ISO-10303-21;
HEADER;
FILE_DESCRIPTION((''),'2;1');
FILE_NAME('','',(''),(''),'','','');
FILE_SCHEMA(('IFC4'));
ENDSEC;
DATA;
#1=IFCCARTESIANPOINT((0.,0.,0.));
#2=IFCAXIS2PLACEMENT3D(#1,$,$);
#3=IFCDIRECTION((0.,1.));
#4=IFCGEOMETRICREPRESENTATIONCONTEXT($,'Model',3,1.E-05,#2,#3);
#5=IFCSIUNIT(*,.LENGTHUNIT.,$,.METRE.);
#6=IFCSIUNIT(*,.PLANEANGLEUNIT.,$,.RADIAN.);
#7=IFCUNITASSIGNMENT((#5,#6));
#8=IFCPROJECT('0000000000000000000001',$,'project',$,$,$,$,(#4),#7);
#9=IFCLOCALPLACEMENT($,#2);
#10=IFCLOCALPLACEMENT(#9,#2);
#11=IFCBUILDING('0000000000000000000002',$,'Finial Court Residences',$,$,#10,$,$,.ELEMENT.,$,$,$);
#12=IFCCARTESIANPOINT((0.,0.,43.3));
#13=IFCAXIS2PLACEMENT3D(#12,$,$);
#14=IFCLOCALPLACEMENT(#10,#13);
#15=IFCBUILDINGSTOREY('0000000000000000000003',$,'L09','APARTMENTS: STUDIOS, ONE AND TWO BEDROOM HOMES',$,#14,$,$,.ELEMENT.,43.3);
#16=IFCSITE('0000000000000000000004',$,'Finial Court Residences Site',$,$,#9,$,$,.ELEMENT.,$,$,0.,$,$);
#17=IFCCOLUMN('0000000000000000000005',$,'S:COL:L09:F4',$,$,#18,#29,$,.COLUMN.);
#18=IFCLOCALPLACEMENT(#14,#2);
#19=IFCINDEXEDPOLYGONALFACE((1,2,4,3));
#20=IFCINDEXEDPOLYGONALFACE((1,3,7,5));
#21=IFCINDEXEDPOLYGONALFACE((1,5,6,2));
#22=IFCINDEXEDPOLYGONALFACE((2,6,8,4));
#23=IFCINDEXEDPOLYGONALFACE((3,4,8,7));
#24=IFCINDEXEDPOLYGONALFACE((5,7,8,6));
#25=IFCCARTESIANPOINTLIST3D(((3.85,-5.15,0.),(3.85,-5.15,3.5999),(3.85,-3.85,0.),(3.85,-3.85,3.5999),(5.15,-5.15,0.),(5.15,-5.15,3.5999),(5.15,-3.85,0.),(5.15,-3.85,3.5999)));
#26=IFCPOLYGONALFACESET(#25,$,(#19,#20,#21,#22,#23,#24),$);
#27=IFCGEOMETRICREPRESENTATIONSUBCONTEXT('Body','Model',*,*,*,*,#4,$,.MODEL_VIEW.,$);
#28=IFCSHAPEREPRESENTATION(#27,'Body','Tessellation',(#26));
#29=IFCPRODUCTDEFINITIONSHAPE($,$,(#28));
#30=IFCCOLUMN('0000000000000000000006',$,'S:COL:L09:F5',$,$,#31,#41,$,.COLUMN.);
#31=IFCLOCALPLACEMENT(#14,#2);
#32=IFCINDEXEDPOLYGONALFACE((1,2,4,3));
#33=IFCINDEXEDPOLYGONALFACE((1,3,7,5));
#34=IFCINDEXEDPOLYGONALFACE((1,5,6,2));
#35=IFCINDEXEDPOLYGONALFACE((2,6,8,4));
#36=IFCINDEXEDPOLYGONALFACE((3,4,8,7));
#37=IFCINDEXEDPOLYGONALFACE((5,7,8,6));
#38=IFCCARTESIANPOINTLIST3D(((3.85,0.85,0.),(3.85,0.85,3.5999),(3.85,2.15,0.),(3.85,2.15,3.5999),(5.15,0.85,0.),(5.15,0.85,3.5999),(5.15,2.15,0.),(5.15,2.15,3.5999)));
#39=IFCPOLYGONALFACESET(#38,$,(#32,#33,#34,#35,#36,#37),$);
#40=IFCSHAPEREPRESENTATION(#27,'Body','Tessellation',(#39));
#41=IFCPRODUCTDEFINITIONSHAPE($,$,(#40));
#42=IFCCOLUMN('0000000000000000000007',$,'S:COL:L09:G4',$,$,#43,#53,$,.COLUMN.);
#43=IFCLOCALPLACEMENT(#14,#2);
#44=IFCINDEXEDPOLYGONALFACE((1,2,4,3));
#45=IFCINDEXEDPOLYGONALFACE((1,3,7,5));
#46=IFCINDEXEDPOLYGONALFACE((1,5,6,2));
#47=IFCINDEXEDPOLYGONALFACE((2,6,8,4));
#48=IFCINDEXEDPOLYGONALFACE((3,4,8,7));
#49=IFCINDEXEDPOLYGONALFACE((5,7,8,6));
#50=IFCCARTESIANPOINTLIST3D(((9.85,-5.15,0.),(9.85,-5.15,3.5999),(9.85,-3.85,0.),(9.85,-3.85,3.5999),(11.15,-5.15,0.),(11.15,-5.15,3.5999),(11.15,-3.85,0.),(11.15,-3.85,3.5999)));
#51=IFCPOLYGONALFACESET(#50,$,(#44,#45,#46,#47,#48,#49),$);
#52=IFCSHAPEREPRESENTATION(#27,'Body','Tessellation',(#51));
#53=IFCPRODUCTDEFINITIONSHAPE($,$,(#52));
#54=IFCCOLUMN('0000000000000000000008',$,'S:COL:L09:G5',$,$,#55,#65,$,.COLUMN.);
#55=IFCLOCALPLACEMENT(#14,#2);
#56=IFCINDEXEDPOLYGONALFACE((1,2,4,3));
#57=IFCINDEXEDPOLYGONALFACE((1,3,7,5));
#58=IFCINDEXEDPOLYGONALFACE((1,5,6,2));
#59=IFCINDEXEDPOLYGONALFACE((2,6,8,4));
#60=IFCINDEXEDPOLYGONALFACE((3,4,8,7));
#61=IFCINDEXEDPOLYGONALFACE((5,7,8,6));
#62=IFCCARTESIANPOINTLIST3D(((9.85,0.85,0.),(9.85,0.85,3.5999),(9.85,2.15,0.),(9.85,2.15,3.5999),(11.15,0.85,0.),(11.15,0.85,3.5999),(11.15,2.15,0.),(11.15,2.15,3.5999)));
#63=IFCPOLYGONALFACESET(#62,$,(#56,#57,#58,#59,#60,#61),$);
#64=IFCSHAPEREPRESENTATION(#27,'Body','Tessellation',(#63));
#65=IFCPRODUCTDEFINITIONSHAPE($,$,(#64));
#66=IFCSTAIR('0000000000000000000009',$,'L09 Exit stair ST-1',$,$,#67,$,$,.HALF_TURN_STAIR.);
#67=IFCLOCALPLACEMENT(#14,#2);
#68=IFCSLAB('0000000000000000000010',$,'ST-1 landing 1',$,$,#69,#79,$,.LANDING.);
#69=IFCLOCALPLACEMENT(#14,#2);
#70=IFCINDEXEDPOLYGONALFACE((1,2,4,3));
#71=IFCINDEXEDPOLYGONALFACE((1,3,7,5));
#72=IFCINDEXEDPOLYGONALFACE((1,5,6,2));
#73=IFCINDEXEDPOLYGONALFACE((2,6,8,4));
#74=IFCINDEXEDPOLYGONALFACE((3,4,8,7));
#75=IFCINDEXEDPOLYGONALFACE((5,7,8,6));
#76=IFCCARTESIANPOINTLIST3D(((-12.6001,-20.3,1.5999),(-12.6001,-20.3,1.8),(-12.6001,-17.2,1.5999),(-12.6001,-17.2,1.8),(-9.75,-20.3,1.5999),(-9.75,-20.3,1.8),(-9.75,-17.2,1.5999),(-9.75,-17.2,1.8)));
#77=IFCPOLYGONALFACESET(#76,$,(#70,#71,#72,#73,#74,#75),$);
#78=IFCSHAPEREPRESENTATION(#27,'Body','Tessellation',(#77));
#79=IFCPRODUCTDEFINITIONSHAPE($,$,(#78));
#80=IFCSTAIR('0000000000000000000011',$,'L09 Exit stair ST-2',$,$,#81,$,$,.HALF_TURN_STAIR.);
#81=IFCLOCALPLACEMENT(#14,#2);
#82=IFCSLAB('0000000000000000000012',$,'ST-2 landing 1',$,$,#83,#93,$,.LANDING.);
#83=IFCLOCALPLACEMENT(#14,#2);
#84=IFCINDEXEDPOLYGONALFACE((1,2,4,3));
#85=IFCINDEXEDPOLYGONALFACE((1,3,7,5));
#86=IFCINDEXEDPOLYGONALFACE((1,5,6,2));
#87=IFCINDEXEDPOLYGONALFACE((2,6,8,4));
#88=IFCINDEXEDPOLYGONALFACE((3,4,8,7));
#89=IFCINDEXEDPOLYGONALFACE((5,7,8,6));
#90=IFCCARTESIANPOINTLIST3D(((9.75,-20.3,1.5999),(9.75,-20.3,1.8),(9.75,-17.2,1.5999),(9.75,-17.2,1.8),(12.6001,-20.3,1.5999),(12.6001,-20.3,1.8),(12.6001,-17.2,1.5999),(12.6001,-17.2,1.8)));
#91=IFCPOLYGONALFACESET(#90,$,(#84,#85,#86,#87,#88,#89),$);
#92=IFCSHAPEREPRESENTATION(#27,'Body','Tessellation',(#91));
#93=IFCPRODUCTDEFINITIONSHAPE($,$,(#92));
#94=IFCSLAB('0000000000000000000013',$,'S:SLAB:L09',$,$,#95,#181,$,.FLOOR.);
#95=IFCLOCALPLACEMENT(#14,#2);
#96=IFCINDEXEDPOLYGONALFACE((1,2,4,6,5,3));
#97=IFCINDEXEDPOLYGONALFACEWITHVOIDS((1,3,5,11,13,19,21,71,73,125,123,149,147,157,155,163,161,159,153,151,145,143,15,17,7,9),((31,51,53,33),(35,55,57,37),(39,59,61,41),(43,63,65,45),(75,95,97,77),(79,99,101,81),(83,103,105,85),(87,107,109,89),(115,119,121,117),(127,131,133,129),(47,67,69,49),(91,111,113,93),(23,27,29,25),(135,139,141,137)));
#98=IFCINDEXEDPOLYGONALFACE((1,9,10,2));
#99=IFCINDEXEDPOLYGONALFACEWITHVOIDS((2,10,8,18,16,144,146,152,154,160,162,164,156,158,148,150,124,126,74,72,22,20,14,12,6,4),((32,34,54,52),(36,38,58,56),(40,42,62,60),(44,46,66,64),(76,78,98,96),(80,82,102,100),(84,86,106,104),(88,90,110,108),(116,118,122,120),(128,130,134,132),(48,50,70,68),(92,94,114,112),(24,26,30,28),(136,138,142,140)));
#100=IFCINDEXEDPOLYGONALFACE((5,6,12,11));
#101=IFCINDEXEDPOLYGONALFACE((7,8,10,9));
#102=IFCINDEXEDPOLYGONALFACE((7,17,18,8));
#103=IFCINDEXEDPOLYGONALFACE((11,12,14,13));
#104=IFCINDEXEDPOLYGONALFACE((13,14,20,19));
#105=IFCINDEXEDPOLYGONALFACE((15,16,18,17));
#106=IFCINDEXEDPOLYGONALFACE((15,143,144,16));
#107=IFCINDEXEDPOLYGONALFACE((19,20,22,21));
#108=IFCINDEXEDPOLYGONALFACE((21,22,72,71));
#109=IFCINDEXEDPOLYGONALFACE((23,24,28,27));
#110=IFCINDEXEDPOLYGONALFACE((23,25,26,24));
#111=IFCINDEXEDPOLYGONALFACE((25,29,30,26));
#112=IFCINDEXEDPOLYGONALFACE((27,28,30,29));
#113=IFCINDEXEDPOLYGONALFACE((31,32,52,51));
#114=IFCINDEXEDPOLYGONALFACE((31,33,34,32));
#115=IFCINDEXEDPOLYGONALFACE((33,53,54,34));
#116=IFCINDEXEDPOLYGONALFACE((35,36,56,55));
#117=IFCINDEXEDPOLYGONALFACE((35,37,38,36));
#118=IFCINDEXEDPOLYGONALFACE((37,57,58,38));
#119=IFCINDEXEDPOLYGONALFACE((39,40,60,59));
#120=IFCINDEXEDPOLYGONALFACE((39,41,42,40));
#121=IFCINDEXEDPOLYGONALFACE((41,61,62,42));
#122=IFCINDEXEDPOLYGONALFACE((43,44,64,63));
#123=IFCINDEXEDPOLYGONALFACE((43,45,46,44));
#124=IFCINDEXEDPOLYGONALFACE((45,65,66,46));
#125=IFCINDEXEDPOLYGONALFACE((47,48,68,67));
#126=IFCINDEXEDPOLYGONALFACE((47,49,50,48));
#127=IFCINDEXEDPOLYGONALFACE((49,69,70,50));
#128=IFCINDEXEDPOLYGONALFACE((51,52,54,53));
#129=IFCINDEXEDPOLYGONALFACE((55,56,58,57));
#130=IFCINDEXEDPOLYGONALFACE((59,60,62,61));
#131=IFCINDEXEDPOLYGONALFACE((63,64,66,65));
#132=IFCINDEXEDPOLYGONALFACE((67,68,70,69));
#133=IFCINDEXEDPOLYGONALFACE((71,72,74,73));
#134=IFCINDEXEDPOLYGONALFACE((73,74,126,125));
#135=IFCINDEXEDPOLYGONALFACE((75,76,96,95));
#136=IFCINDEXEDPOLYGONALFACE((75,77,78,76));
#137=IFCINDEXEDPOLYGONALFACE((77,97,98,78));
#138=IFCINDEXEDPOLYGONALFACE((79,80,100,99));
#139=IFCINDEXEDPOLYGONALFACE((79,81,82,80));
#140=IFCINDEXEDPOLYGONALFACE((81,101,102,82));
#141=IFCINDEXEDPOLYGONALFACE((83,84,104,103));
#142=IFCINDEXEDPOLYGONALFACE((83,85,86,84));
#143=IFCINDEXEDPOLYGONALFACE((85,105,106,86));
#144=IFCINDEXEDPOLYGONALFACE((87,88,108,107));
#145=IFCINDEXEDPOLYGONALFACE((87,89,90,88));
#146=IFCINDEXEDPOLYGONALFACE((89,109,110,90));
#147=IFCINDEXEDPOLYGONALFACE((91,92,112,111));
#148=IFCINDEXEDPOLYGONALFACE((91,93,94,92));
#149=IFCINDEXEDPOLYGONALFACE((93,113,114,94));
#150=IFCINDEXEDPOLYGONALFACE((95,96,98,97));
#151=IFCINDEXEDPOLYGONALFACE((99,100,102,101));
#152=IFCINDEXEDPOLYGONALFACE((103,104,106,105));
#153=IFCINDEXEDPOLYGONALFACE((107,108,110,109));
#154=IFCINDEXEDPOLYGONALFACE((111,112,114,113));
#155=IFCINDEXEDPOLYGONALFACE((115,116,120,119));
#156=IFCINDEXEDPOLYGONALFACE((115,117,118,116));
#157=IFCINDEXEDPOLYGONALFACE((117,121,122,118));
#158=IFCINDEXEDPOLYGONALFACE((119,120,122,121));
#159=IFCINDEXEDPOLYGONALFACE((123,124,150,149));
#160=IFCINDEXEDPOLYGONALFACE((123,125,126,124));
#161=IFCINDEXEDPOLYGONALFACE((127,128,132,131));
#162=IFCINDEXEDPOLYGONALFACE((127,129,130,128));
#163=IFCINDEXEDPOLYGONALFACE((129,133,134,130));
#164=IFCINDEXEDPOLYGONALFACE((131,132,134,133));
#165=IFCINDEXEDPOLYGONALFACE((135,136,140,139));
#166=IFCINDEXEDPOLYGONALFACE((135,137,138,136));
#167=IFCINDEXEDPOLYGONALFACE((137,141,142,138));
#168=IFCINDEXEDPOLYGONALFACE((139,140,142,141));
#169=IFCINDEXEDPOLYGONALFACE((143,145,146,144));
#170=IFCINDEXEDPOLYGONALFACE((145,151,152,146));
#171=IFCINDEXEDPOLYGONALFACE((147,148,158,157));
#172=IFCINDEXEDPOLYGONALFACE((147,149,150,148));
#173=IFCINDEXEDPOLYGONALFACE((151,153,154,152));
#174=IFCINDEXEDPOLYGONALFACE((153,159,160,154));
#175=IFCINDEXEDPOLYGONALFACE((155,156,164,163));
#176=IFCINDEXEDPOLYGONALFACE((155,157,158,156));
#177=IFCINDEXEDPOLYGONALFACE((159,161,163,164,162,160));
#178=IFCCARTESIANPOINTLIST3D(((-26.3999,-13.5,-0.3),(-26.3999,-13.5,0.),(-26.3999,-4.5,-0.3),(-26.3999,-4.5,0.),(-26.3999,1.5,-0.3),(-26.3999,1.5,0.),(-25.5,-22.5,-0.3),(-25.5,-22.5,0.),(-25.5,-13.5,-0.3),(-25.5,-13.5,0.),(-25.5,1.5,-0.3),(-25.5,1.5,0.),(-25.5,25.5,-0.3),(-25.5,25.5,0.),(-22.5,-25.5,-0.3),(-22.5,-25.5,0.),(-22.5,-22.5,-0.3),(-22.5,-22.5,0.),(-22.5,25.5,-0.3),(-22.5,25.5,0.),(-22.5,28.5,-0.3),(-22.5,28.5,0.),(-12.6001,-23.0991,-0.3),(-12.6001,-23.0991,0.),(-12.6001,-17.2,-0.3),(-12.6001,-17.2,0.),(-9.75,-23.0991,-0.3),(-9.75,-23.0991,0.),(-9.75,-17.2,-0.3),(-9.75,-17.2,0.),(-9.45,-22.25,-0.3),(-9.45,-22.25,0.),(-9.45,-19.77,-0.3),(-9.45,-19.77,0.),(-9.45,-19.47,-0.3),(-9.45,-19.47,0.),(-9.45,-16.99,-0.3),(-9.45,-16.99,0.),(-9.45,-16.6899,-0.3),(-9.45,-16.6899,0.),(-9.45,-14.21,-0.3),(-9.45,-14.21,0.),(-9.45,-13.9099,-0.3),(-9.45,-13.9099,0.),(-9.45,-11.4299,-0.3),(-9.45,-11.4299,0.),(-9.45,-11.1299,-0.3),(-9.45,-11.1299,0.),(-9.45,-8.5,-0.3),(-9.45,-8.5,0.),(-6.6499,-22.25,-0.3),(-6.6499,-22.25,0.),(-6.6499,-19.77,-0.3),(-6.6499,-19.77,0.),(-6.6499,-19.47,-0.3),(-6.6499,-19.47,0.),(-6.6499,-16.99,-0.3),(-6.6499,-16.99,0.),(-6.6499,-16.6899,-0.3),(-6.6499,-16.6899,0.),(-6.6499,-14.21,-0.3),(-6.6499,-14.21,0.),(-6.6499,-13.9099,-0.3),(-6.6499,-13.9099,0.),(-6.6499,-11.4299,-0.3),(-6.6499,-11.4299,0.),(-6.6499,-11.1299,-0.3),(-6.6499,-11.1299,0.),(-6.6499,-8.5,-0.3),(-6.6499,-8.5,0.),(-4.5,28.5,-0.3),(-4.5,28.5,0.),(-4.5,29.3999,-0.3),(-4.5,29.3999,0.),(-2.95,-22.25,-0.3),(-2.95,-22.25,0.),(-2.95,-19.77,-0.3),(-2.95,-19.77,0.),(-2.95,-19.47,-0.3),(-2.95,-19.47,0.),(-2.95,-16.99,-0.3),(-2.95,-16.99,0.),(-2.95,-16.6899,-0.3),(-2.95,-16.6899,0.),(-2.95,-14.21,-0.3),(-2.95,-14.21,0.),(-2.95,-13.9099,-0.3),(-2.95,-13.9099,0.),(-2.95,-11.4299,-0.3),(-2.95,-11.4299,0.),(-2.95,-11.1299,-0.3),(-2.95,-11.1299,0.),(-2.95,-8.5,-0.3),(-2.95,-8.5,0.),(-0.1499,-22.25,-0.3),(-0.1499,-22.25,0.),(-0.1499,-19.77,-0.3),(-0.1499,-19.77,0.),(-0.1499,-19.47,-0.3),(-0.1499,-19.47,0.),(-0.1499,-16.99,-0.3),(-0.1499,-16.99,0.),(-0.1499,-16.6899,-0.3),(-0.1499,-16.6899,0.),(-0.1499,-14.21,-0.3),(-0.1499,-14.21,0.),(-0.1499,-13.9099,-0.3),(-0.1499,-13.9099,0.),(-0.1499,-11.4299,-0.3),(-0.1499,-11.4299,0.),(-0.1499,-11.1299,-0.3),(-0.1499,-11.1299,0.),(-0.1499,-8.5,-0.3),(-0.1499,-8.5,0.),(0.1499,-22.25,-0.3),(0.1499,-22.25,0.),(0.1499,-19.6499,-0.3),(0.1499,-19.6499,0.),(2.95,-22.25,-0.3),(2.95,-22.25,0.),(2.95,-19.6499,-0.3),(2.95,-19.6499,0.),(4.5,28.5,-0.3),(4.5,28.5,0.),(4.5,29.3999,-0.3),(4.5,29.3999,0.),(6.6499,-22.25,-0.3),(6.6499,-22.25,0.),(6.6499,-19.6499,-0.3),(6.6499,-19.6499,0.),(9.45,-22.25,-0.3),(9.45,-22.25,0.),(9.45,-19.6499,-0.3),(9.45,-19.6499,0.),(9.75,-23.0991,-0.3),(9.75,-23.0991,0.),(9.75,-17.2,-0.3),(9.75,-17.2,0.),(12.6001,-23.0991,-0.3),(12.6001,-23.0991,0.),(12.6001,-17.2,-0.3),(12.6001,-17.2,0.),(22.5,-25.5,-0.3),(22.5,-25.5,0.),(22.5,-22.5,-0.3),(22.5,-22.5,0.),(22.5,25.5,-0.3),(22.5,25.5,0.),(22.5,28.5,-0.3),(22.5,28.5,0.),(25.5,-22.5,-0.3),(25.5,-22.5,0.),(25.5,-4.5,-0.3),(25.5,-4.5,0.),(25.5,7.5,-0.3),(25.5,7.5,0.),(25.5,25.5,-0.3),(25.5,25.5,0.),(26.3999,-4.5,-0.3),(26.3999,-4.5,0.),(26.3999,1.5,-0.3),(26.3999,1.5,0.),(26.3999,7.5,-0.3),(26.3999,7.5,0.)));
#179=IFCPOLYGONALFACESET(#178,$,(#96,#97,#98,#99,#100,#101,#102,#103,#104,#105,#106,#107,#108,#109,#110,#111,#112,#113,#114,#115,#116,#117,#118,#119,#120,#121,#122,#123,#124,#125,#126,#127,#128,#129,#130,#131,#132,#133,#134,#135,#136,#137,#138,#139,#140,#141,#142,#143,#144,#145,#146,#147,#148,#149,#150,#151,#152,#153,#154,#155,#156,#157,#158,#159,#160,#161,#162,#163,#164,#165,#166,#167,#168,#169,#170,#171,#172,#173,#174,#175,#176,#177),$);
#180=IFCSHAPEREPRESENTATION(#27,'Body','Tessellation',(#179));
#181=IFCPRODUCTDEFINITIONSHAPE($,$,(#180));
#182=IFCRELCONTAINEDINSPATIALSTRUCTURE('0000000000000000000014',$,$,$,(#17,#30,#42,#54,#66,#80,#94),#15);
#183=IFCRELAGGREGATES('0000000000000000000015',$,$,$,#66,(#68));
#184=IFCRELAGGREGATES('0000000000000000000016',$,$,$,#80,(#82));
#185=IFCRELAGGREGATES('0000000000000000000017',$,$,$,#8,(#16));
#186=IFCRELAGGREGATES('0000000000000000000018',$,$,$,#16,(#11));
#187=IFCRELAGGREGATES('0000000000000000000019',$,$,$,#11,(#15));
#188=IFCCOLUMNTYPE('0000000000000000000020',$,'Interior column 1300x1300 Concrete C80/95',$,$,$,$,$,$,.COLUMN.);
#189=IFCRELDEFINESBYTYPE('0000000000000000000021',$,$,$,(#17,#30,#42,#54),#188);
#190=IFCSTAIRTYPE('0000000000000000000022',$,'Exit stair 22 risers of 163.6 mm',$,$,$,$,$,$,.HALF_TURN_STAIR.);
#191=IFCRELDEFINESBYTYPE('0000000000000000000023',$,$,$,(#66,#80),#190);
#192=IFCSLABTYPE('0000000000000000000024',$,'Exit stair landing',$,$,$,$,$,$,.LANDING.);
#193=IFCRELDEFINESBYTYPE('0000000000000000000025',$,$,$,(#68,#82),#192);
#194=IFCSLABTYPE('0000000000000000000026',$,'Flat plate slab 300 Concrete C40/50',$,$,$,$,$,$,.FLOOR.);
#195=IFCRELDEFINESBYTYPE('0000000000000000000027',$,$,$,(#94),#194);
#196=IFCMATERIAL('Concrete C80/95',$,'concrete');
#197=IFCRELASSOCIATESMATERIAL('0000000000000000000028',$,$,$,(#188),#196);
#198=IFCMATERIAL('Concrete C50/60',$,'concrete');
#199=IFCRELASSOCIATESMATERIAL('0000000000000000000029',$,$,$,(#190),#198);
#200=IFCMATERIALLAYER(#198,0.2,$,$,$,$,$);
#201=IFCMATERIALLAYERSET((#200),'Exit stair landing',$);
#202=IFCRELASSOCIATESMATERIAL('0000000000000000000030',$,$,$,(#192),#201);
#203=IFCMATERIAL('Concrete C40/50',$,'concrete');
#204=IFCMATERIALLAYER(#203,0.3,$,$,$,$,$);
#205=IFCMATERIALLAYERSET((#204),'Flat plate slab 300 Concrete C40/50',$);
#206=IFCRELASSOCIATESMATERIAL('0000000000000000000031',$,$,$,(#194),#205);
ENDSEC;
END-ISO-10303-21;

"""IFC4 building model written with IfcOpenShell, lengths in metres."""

from ifc_helpers import new_model, si_unit, direction, frame, origin, origin_2d, place, context, subcontext, project, spatial, polyline, rectangle, outline, extrude, material, layer, layer_set, material_profile, profile_set, type_object, element, aggregate, save


model = new_model("IFC4")

# Units and contexts
model_context = context("Model", 3, precision=1e-05, world=origin(), true_north=direction((0.0, 1.0)))
body_context = subcontext(model_context, "Body", "Model", "MODEL_VIEW")
ifc_project = project(units=[si_unit("LENGTHUNIT", "METRE"), si_unit("PLANEANGLEUNIT", "RADIAN")], contexts=[model_context])

# Site, building, storey
site_placement = place(None, origin())
site = spatial("IfcSite", under=ifc_project, at=site_placement, Name="Finial Court Residences Site", CompositionType="ELEMENT", RefElevation=0.0)
building_placement = place(site_placement, origin())
building = spatial("IfcBuilding", under=site, at=building_placement, Name="Finial Court Residences", CompositionType="ELEMENT")
storey_placement = place(building_placement, frame((0.0, 0.0, 43.3)))
storey = spatial("IfcBuildingStorey", under=building, at=storey_placement, Name="L09", Description="APARTMENTS: STUDIOS, ONE AND TWO BEDROOM HOMES", CompositionType="ELEMENT", Elevation=43.3)

# Columns
ifc_material_1 = material(Name="Concrete C80/95", Category="concrete")
ifc_material_profile = material_profile(ifc_material_1, rectangle(XDim=1.3, YDim=1.3, at=origin_2d()), Name="1300x1300")
ifc_profile_set = profile_set([ifc_material_profile], Name="Concrete C80/95")
column_type = type_object("IfcColumnType", Name="Interior column 1300x1300 Concrete C80/95", PredefinedType="COLUMN", material=ifc_profile_set)
for number, where, z_axis, x_axis, name in (
    (1, (4.5, -4.5, 0.0), (0.0, 0.0, 1.0), (1.0, 0.0, 0.0), "S:COL:L09:F4"),
    (2, (4.5, 1.5, 0.0), (0.0, 0.0, 1.0), (1.0, 0.0, 0.0), "S:COL:L09:F5"),
    (3, (10.5, -4.5, 0.0), (0.0, 0.0, 1.0), (1.0, 0.0, 0.0), "S:COL:L09:G4"),
    (4, (10.5, 1.5, 0.0), (0.0, 0.0, 1.0), (1.0, 0.0, 0.0), "S:COL:L09:G5"),
):
    element("IfcColumn", number, at=place(storey_placement, frame(where, z_axis=z_axis, x_axis=x_axis)), inside=storey, type_object=column_type, Name=name, PredefinedType="COLUMN", context=body_context, shape_type="SweptSolid", body=[
        extrude(rectangle(XDim=1.3, YDim=1.3, at=origin_2d()), origin(), (0.0, 0.0, 1.0), 3.5999),
    ])

# Stairs, slabs
ifc_material_2 = material(Name="Concrete C50/60", Category="concrete")
stair_type = type_object("IfcStairType", Name="Exit stair 22 risers of 163.6 mm", PredefinedType="HALF_TURN_STAIR", material=ifc_material_2)
stair_1_placement = place(storey_placement, origin())
stair_1 = element("IfcStair", 5, at=stair_1_placement, inside=storey, type_object=stair_type, Name="L09 Exit stair ST-1", PredefinedType="HALF_TURN_STAIR")
ifc_layer_1 = layer(ifc_material_2, 0.2)
ifc_layer_set_1 = layer_set([ifc_layer_1], Name="Exit stair landing")
slab_type_1 = type_object("IfcSlabType", Name="Exit stair landing", PredefinedType="LANDING", material=ifc_layer_set_1)
slab_1_placement = place(storey_placement, frame((0.0, 0.0, 1.5999)))
slab_1 = element("IfcSlab", 6, at=slab_1_placement, type_object=slab_type_1, Name="ST-1 landing 1", PredefinedType="LANDING", context=body_context, shape_type="SweptSolid", body=[
    extrude(outline(polyline([(-9.75, -20.3), (-9.75, -17.2), (-12.6001, -17.2), (-12.6001, -20.3), (-9.75, -20.3)])), origin(), (0.0, 0.0, 1.0), 0.2002),
])
aggregate(stair_1, [slab_1])
stair_2_placement = place(storey_placement, origin())
stair_2 = element("IfcStair", 7, at=stair_2_placement, inside=storey, type_object=stair_type, Name="L09 Exit stair ST-2", PredefinedType="HALF_TURN_STAIR")
slab_2_placement = place(storey_placement, frame((0.0, 0.0, 1.5999)))
slab_2 = element("IfcSlab", 8, at=slab_2_placement, type_object=slab_type_1, Name="ST-2 landing 1", PredefinedType="LANDING", context=body_context, shape_type="SweptSolid", body=[
    extrude(outline(polyline([(12.6001, -20.3), (12.6001, -17.2), (9.75, -17.2), (9.75, -20.3), (12.6001, -20.3)])), origin(), (0.0, 0.0, 1.0), 0.2002),
])
aggregate(stair_2, [slab_2])

# Slab
ifc_material_3 = material(Name="Concrete C40/50", Category="concrete")
ifc_layer_2 = layer(ifc_material_3, 0.3)
ifc_layer_set_2 = layer_set([ifc_layer_2], Name="Flat plate slab 300 Concrete C40/50")
slab_type_2 = type_object("IfcSlabType", Name="Flat plate slab 300 Concrete C40/50", PredefinedType="FLOOR", material=ifc_layer_set_2)
slab_3_placement = place(storey_placement, frame((0.0, 0.0, -0.3)))
element("IfcSlab", 9, at=slab_3_placement, inside=storey, type_object=slab_type_2, Name="S:SLAB:L09", PredefinedType="FLOOR", context=body_context, shape_type="SweptSolid", body=[
    extrude(outline(polyline([(-26.3999, -13.5), (-26.3999, -4.5), (-26.3999, 1.5), (-25.5, 1.5), (-25.5, 25.5), (-22.5, 25.5), (-22.5, 28.5), (-4.5, 28.5), (-4.5, 29.3999), (4.5, 29.3999), (4.5, 28.5), (22.5, 28.5), (22.5, 25.5), (25.5, 25.5), (25.5, 7.5), (26.3999, 7.5), (26.3999, 1.5), (26.3999, -4.5), (25.5, -4.5), (25.5, -22.5), (22.5, -22.5), (22.5, -25.5), (-22.5, -25.5), (-22.5, -22.5), (-25.5, -22.5), (-25.5, -13.5), (-26.3999, -13.5)]), holes=[polyline([(-6.6499, -19.77), (-9.45, -19.77), (-9.45, -22.25), (-6.6499, -22.25), (-6.6499, -19.77)]), polyline([(-9.75, -17.2), (-12.6001, -17.2), (-12.6001, -23.0991), (-9.75, -23.0991), (-9.75, -17.2)]), polyline([(-6.6499, -19.47), (-6.6499, -16.99), (-9.45, -16.99), (-9.45, -19.47), (-6.6499, -19.47)]), polyline([(-6.6499, -16.6899), (-6.6499, -14.21), (-9.45, -14.21), (-9.45, -16.6899), (-6.6499, -16.6899)]), polyline([(-6.6499, -13.9099), (-6.6499, -11.4299), (-9.45, -11.4299), (-9.45, -13.9099), (-6.6499, -13.9099)]), polyline([(-6.6499, -11.1299), (-6.6499, -8.5), (-9.45, -8.5), (-9.45, -11.1299), (-6.6499, -11.1299)]), polyline([(-0.1499, -11.1299), (-0.1499, -8.5), (-2.95, -8.5), (-2.95, -11.1299), (-0.1499, -11.1299)]), polyline([(-0.1499, -19.77), (-2.95, -19.77), (-2.95, -22.25), (-0.1499, -22.25), (-0.1499, -19.77)]), polyline([(2.95, -22.25), (2.95, -19.6499), (0.1499, -19.6499), (0.1499, -22.25), (2.95, -22.25)]), polyline([(9.45, -22.25), (9.45, -19.6499), (6.6499, -19.6499), (6.6499, -22.25), (9.45, -22.25)]), polyline([(12.6001, -17.2), (9.75, -17.2), (9.75, -23.0991), (12.6001, -23.0991), (12.6001, -17.2)]), polyline([(-0.1499, -19.47), (-0.1499, -16.99), (-2.95, -16.99), (-2.95, -19.47), (-0.1499, -19.47)]), polyline([(-0.1499, -16.6899), (-0.1499, -14.21), (-2.95, -14.21), (-2.95, -16.6899), (-0.1499, -16.6899)]), polyline([(-0.1499, -13.9099), (-0.1499, -11.4299), (-2.95, -11.4299), (-2.95, -13.9099), (-0.1499, -13.9099)])]), origin(), (0.0, 0.0, 1.0), 0.3),
])

save(model, "model.ifc")
